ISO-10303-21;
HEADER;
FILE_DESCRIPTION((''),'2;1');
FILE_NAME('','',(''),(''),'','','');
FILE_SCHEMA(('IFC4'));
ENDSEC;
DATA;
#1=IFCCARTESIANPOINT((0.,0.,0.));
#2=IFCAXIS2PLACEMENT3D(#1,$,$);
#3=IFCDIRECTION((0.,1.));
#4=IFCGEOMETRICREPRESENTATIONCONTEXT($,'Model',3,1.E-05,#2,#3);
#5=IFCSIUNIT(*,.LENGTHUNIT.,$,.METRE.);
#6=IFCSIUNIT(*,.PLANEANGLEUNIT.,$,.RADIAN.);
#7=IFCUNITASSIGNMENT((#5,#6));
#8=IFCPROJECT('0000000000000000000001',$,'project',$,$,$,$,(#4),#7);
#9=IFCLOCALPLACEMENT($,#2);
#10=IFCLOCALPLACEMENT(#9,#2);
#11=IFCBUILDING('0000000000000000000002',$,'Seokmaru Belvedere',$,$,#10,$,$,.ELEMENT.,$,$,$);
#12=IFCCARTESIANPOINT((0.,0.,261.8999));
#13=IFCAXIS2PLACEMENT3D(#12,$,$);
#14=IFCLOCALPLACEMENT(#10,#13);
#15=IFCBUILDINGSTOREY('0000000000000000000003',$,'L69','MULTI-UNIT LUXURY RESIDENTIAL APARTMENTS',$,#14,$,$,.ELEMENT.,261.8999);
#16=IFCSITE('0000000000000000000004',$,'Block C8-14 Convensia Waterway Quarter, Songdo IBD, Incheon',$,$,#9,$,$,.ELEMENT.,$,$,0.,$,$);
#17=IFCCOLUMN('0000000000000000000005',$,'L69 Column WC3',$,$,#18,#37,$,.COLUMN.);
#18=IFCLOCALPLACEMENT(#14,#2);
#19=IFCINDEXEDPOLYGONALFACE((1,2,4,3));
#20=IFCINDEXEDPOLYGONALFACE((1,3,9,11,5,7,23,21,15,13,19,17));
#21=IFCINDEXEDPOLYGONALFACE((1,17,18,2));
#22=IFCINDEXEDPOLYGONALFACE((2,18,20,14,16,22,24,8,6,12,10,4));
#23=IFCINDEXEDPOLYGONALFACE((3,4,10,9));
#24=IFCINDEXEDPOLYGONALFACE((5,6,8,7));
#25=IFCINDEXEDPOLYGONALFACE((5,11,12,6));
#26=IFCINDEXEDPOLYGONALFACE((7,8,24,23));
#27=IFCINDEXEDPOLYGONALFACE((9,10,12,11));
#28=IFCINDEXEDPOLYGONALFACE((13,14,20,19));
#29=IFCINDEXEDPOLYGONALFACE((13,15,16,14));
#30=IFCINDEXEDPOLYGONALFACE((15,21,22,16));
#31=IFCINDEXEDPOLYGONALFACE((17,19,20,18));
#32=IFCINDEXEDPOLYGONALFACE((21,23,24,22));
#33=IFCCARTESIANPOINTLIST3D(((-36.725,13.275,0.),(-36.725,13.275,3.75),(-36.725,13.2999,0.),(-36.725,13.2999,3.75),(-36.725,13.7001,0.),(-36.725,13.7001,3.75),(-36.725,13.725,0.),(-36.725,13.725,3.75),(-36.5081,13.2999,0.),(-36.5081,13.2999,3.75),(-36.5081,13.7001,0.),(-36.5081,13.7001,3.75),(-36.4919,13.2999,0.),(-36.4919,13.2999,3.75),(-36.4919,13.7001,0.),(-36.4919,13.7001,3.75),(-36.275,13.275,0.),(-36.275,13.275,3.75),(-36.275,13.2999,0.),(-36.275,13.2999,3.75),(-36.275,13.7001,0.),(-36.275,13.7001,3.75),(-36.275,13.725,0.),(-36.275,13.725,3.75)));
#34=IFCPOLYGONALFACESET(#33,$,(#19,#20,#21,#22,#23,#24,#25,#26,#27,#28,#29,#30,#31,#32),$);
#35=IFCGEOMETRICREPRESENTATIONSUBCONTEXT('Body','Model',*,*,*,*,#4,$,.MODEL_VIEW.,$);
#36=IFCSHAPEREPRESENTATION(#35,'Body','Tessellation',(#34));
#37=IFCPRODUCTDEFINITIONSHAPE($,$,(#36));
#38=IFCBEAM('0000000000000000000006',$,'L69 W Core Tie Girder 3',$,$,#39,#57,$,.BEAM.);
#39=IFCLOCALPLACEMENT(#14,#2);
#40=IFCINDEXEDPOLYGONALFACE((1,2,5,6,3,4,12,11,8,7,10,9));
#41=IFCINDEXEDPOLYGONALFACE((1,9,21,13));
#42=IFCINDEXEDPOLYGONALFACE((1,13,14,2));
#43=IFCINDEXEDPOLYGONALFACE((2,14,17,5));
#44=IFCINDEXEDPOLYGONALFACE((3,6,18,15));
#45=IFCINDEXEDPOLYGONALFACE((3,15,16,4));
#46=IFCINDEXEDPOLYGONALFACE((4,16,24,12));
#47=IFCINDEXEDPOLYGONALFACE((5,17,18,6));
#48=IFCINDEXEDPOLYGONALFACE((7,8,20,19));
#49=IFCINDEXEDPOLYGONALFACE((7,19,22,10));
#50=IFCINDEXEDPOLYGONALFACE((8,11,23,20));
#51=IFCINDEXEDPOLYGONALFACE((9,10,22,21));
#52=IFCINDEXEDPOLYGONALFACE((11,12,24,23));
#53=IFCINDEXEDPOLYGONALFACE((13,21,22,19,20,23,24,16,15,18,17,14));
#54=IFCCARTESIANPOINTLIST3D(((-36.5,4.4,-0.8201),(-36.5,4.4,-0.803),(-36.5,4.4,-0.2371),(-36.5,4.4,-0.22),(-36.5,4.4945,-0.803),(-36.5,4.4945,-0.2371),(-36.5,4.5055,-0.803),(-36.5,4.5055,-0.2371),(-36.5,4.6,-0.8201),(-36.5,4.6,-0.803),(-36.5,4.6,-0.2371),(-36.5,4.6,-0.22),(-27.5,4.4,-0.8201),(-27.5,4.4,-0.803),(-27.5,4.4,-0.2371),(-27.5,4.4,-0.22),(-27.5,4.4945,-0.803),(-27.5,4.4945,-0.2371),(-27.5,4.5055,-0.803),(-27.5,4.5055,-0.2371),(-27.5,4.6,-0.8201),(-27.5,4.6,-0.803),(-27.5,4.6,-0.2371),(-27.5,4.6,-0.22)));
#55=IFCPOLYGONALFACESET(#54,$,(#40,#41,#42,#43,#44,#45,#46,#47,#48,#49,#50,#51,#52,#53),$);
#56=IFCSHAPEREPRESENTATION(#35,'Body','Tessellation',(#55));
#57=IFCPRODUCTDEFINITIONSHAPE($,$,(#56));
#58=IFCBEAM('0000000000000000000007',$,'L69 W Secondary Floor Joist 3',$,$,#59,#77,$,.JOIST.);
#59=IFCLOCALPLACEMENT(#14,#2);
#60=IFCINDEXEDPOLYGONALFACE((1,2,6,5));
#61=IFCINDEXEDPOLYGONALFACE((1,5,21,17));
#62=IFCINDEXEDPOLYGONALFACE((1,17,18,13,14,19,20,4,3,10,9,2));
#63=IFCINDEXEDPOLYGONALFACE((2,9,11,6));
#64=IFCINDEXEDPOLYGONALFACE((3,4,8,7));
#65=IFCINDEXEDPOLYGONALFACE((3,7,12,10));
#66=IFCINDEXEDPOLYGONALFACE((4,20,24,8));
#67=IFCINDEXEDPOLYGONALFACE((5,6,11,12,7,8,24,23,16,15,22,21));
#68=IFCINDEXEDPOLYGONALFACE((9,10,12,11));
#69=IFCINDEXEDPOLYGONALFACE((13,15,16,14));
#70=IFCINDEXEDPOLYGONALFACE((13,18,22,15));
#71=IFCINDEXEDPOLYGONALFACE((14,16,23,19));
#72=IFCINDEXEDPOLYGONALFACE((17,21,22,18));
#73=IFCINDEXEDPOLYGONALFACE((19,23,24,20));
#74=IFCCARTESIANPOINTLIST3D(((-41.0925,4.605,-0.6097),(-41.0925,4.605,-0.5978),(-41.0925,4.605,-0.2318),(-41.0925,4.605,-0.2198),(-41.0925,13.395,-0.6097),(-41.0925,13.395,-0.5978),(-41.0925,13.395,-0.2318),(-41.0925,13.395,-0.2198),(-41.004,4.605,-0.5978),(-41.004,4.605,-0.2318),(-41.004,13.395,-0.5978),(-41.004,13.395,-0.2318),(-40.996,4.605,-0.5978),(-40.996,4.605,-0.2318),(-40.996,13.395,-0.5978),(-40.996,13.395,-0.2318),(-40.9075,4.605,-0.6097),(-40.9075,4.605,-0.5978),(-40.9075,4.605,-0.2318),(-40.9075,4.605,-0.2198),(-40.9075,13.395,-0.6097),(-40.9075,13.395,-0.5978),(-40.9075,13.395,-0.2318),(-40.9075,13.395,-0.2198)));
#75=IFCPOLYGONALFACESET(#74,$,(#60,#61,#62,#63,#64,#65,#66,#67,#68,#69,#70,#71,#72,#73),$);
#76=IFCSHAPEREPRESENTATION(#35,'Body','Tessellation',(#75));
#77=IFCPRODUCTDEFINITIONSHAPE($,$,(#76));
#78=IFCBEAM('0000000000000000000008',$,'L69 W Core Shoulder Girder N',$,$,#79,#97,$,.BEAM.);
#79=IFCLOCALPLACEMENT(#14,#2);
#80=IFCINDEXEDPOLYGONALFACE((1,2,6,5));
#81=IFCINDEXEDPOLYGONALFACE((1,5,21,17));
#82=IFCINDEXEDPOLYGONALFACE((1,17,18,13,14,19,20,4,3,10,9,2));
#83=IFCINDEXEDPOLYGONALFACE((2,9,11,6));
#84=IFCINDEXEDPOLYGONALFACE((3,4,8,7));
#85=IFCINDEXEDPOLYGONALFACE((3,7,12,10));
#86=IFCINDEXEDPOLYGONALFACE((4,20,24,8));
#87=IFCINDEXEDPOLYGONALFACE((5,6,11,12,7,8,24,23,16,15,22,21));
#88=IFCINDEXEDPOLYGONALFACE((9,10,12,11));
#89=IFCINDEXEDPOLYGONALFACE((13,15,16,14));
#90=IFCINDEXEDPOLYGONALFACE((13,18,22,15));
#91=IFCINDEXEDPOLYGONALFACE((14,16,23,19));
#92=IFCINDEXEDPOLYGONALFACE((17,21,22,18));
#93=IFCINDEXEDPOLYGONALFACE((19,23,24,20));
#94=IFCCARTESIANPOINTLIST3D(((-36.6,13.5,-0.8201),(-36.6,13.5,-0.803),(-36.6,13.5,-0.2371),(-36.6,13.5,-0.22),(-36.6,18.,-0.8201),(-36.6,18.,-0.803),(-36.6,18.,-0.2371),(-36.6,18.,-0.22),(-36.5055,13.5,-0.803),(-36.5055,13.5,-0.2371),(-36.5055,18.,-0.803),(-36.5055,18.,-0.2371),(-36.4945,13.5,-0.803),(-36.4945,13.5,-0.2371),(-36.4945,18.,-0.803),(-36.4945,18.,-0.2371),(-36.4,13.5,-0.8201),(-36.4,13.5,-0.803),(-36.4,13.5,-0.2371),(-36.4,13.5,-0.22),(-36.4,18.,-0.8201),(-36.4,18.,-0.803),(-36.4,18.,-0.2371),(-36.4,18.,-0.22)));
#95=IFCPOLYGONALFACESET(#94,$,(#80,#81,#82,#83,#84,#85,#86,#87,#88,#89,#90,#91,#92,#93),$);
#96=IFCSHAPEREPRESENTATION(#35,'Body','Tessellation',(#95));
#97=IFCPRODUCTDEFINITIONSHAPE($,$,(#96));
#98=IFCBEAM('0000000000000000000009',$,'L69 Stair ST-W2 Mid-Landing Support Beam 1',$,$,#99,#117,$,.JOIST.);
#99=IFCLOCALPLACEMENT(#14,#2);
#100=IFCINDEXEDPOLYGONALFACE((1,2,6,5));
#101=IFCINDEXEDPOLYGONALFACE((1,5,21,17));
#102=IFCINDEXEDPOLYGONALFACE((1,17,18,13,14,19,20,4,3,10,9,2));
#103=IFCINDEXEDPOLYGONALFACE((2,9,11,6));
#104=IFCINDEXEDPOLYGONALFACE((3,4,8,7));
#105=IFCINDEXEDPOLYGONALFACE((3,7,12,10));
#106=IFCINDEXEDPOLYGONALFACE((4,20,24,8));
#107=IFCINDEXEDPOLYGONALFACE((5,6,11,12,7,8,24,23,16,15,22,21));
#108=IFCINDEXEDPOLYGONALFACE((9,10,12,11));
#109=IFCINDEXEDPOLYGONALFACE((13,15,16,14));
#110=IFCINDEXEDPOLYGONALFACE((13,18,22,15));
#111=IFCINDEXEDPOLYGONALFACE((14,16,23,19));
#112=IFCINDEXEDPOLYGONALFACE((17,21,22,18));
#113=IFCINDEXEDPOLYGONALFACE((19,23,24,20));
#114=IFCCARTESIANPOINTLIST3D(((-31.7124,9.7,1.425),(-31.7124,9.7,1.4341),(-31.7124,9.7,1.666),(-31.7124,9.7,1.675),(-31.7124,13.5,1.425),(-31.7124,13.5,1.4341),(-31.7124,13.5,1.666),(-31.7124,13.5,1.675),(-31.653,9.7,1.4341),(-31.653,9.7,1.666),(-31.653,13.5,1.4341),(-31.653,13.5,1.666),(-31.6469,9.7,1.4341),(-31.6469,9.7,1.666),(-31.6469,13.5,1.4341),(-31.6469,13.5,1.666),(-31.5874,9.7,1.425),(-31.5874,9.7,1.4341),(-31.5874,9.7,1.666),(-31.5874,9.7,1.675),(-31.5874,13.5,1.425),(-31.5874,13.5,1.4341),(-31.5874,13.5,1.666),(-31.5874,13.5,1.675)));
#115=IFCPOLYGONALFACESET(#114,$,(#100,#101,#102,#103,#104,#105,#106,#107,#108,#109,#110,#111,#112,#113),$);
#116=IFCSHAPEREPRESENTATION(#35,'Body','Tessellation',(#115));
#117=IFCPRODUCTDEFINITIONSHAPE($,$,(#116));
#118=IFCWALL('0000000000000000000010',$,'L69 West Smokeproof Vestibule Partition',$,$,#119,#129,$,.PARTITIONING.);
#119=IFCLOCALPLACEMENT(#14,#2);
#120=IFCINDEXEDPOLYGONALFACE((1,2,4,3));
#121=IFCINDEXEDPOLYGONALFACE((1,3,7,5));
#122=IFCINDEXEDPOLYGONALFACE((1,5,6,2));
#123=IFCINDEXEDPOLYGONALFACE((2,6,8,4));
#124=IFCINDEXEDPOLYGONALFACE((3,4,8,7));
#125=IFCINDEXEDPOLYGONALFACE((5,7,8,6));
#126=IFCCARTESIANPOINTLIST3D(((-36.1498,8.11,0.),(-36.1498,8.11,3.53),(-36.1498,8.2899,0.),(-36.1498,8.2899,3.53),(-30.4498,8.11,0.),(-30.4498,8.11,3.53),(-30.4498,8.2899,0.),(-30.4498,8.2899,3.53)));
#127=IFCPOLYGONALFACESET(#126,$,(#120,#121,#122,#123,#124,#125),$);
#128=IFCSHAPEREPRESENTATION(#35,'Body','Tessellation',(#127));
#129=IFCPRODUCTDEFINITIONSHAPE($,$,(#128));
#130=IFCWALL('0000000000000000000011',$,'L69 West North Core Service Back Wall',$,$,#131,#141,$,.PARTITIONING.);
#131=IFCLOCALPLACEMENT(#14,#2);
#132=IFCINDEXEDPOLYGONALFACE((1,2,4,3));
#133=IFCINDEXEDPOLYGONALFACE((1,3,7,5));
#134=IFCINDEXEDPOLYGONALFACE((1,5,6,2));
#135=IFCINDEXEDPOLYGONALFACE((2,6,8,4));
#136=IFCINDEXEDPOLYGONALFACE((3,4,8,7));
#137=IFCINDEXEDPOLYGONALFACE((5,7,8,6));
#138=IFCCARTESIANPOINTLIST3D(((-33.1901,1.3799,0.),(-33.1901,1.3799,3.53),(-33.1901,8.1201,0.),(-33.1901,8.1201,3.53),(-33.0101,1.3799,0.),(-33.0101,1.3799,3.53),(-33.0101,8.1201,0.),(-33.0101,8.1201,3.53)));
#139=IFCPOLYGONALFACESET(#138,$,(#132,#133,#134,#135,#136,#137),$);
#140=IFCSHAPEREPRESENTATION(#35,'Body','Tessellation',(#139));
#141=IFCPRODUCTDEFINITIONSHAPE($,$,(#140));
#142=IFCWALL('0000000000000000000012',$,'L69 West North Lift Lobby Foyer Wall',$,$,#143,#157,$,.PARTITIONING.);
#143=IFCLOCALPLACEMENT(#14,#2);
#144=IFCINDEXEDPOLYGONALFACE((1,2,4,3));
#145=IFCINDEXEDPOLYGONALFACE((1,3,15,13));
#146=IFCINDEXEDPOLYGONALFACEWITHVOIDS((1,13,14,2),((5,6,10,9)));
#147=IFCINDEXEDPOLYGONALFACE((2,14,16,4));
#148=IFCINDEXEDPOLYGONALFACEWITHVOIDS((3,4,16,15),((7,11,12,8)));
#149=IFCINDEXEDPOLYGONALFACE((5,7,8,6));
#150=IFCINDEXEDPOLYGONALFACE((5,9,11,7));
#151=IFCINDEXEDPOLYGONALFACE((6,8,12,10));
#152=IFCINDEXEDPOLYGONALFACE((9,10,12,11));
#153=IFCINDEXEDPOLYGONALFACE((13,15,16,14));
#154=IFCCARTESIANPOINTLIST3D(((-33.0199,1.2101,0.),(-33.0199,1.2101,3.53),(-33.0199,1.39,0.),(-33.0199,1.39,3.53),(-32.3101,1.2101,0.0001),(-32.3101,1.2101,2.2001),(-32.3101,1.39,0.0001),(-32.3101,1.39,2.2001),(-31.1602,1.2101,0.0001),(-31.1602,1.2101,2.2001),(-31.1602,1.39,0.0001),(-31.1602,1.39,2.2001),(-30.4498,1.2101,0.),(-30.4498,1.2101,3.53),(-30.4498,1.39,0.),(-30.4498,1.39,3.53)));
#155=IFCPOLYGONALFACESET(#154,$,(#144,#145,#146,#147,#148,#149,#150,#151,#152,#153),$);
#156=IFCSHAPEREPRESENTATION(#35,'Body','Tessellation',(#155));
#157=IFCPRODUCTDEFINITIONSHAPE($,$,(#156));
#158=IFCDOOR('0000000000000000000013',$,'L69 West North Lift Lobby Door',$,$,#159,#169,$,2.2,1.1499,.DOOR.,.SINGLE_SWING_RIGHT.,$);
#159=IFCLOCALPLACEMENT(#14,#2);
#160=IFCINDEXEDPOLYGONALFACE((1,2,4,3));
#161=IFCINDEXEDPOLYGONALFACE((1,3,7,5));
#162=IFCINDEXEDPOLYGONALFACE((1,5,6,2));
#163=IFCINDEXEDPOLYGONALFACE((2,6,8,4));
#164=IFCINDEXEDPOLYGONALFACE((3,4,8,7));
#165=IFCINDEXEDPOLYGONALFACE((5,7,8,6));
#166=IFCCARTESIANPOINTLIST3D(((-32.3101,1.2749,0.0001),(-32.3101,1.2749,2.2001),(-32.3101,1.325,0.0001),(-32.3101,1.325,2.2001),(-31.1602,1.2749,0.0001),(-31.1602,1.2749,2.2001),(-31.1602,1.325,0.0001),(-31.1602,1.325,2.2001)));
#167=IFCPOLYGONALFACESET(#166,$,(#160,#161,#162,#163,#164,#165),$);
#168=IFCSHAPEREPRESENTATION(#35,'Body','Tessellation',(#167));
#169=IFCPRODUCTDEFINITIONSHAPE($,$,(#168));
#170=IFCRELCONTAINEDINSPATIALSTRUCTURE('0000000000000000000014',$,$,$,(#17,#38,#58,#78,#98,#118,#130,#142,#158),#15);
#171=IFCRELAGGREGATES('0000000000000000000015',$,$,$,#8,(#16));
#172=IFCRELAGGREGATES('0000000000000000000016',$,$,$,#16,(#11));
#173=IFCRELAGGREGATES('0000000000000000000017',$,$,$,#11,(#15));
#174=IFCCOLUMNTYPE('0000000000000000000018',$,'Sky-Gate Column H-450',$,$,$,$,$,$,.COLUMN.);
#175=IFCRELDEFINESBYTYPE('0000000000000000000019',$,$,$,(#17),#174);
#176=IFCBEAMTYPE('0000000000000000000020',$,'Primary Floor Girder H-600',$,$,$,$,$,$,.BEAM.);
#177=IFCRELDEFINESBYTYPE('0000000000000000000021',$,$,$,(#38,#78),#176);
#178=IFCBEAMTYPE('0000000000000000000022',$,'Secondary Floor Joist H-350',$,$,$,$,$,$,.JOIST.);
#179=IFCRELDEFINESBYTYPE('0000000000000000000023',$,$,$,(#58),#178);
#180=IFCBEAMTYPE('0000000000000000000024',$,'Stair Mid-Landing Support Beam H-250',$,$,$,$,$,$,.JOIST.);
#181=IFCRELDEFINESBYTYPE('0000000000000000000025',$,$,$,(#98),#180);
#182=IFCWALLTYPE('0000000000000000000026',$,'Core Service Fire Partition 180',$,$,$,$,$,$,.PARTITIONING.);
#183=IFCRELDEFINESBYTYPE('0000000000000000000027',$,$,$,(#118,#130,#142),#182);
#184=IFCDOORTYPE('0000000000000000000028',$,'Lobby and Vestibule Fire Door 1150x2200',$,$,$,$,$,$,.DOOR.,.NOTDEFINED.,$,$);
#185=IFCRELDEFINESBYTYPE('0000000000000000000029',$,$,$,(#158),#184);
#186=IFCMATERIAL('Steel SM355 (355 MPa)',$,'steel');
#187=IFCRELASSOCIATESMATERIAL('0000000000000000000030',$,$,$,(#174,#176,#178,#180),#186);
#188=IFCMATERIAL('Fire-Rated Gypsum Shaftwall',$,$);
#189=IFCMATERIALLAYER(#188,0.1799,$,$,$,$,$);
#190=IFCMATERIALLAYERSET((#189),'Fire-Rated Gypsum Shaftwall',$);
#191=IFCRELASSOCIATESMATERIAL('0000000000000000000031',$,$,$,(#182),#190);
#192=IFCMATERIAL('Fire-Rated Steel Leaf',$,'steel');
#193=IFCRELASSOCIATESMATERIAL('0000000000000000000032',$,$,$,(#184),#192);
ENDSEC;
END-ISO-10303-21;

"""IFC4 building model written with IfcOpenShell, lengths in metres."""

from ifc_helpers import new_model, si_unit, direction, frame, frame_2d, origin, origin_2d, place, context, subcontext, project, spatial, rectangle, i_section, extrude, source, transform, mapped, material, layer, layer_set, material_profile, profile_set, type_object, type_shapes, element, fill, save


model = new_model("IFC4")

# Units and contexts
model_context = context("Model", 3, precision=1e-05, world=origin(), true_north=direction((0.0, 1.0)))
body_context = subcontext(model_context, "Body", "Model", "MODEL_VIEW")
ifc_project = project(units=[si_unit("LENGTHUNIT", "METRE"), si_unit("PLANEANGLEUNIT", "RADIAN")], contexts=[model_context])

# Site, building, storey
site_placement = place(None, origin())
site = spatial("IfcSite", under=ifc_project, at=site_placement, Name="Block C8-14 Convensia Waterway Quarter, Songdo IBD, Incheon", CompositionType="ELEMENT", RefElevation=0.0)
building_placement = place(site_placement, origin())
building = spatial("IfcBuilding", under=site, at=building_placement, Name="Seokmaru Belvedere", CompositionType="ELEMENT")
storey_placement = place(building_placement, frame((0.0, 0.0, 261.8999)))
storey = spatial("IfcBuildingStorey", under=building, at=storey_placement, Name="L69", Description="MULTI-UNIT LUXURY RESIDENTIAL APARTMENTS", CompositionType="ELEMENT", Elevation=261.8999)

# Column
ifc_material_1 = material(Name="Steel SM355 (355 MPa)", Category="steel")
ifc_material_profile_1 = material_profile(ifc_material_1, i_section(OverallWidth=0.45, OverallDepth=0.45, WebThickness=0.0161, FlangeThickness=0.0249, at=origin_2d()), Name="H-450x450x16x25")
ifc_profile_set_1 = profile_set([ifc_material_profile_1], Name="Steel SM355 (355 MPa)")
column_type = type_object("IfcColumnType", Name="Sky-Gate Column H-450", PredefinedType="COLUMN", material=ifc_profile_set_1)
shared_shape_1 = source(origin(), body_context, "Body", "SweptSolid", [
    extrude(i_section(OverallWidth=0.45, OverallDepth=0.45, WebThickness=0.0161, FlangeThickness=0.0249, at=origin_2d()), origin(), (0.0, 0.0, 1.0), 3.75),
])
type_shapes(column_type, [shared_shape_1])
column_placement = place(storey_placement, frame((-36.5, 13.5, 0.0), z_axis=(0.0, 0.0, 1.0), x_axis=(1.0, 0.0, 0.0)))
element("IfcColumn", 1, at=column_placement, inside=storey, type_object=column_type, Name="L69 Column WC3", PredefinedType="COLUMN", context=body_context, shape_type="MappedRepresentation", body=[
    mapped(shared_shape_1, transform((0.0, 0.0, 0.0), scale=1.0)),
])

# Beams
ifc_material_profile_2 = material_profile(ifc_material_1, i_section(OverallWidth=0.2, OverallDepth=0.6001, WebThickness=0.011, FlangeThickness=0.0171, at=origin_2d()), Name="H-600x200x11x17")
ifc_profile_set_2 = profile_set([ifc_material_profile_2], Name="Steel SM355 (355 MPa)")
beam_type_1 = type_object("IfcBeamType", Name="Primary Floor Girder H-600", PredefinedType="BEAM", material=ifc_profile_set_2)
shared_shape_2 = source(origin(), body_context, "Body", "SweptSolid", [
    extrude(i_section(OverallWidth=0.2, OverallDepth=0.6001, WebThickness=0.011, FlangeThickness=0.0171, at=origin_2d()), origin(), (0.0, 0.0, 1.0), 9.0),
])
beam_1_placement = place(storey_placement, frame((-36.5, 4.5, -0.52), z_axis=(1.0, 0.0, 0.0), x_axis=(0.0, 1.0, 0.0)))
element("IfcBeam", 2, at=beam_1_placement, inside=storey, type_object=beam_type_1, Name="L69 W Core Tie Girder 3", PredefinedType="BEAM", context=body_context, shape_type="MappedRepresentation", body=[
    mapped(shared_shape_2, transform((0.0, 0.0, 0.0), scale=1.0)),
])
ifc_material_profile_3 = material_profile(ifc_material_1, i_section(OverallWidth=0.1851, OverallDepth=0.3899, WebThickness=0.0081, FlangeThickness=0.012, at=origin_2d()), Name="H-390x185x8x12")
ifc_profile_set_3 = profile_set([ifc_material_profile_3], Name="Steel SM355 (355 MPa)")
beam_type_2 = type_object("IfcBeamType", Name="Secondary Floor Joist H-350", PredefinedType="JOIST", material=ifc_profile_set_3)
shared_shape_3 = source(origin(), body_context, "Body", "SweptSolid", [
    extrude(i_section(OverallWidth=0.1851, OverallDepth=0.3899, WebThickness=0.0081, FlangeThickness=0.012, at=origin_2d()), origin(), (0.0, 0.0, 1.0), 8.79),
])
type_shapes(beam_type_2, [shared_shape_3])
beam_2_placement = place(storey_placement, frame((-41.0, 4.605, -0.4148), z_axis=(0.0, 1.0, 0.0), x_axis=(-1.0, 0.0, 0.0)))
element("IfcBeam", 3, at=beam_2_placement, inside=storey, type_object=beam_type_2, Name="L69 W Secondary Floor Joist 3", PredefinedType="JOIST", context=body_context, shape_type="MappedRepresentation", body=[
    mapped(shared_shape_3, transform((0.0, 0.0, 0.0), scale=1.0)),
])
shared_shape_4 = source(origin(), body_context, "Body", "SweptSolid", [
    extrude(i_section(OverallWidth=0.2, OverallDepth=0.6001, WebThickness=0.011, FlangeThickness=0.0171, at=origin_2d()), origin(), (0.0, 0.0, 1.0), 4.5),
])
type_shapes(beam_type_1, [shared_shape_2, shared_shape_4])
beam_3_placement = place(storey_placement, frame((-36.5, 13.5, -0.52), z_axis=(0.0, 1.0, 0.0), x_axis=(-1.0, 0.0, 0.0)))
element("IfcBeam", 4, at=beam_3_placement, inside=storey, type_object=beam_type_1, Name="L69 W Core Shoulder Girder N", PredefinedType="BEAM", context=body_context, shape_type="MappedRepresentation", body=[
    mapped(shared_shape_4, transform((0.0, 0.0, 0.0), scale=1.0)),
])
ifc_material_profile_4 = material_profile(ifc_material_1, i_section(OverallWidth=0.125, OverallDepth=0.25, WebThickness=0.0061, FlangeThickness=0.009, at=origin_2d()), Name="H-250x125x6x9")
ifc_profile_set_4 = profile_set([ifc_material_profile_4], Name="Steel SM355 (355 MPa)")
beam_type_3 = type_object("IfcBeamType", Name="Stair Mid-Landing Support Beam H-250", PredefinedType="JOIST", material=ifc_profile_set_4)
shared_shape_5 = source(origin(), body_context, "Body", "SweptSolid", [
    extrude(i_section(OverallWidth=0.125, OverallDepth=0.25, WebThickness=0.0061, FlangeThickness=0.009, at=origin_2d()), origin(), (0.0, 0.0, 1.0), 3.8),
])
type_shapes(beam_type_3, [shared_shape_5])
beam_4_placement = place(storey_placement, frame((-31.6499, 9.7, 1.55), z_axis=(0.0, 1.0, 0.0), x_axis=(-1.0, 0.0, 0.0)))
element("IfcBeam", 5, at=beam_4_placement, inside=storey, type_object=beam_type_3, Name="L69 Stair ST-W2 Mid-Landing Support Beam 1", PredefinedType="JOIST", context=body_context, shape_type="MappedRepresentation", body=[
    mapped(shared_shape_5, transform((0.0, 0.0, 0.0), scale=1.0)),
])

# Walls
ifc_material_2 = material(Name="Fire-Rated Gypsum Shaftwall")
ifc_layer_1 = layer(ifc_material_2, 0.1799)
ifc_layer_set_1 = layer_set([ifc_layer_1], Name="Fire-Rated Gypsum Shaftwall")
wall_type_1 = type_object("IfcWallType", Name="Core Service Fire Partition 180", PredefinedType="PARTITIONING", material=ifc_layer_set_1)
wall_1_placement = place(storey_placement, frame((-36.1499, 8.2, 0.0), z_axis=(0.0, 0.0, 1.0), x_axis=(1.0, 0.0, 0.0)))
element("IfcWall", 6, at=wall_1_placement, inside=storey, type_object=wall_type_1, Name="L69 West Smokeproof Vestibule Partition", PredefinedType="PARTITIONING", context=body_context, shape_type="SweptSolid", body=[
    extrude(rectangle(XDim=5.7, YDim=0.1799, at=frame_2d((2.8501, 0.0))), origin(), (0.0, 0.0, 1.0), 3.53),
])
wall_2_placement = place(storey_placement, frame((-33.1001, 1.3799, 0.0), z_axis=(0.0, 0.0, 1.0), x_axis=(0.0, 1.0, 0.0)))
element("IfcWall", 7, at=wall_2_placement, inside=storey, type_object=wall_type_1, Name="L69 West North Core Service Back Wall", PredefinedType="PARTITIONING", context=body_context, shape_type="SweptSolid", body=[
    extrude(rectangle(XDim=6.7402, YDim=0.1799, at=frame_2d((3.3701, 0.0))), origin(), (0.0, 0.0, 1.0), 3.53),
])

# Wall, opening, door
wall_3_placement = place(storey_placement, frame((-33.02, 1.3, 0.0), z_axis=(0.0, 0.0, 1.0), x_axis=(1.0, 0.0, 0.0)))
wall_3 = element("IfcWall", 8, at=wall_3_placement, inside=storey, type_object=wall_type_1, Name="L69 West North Lift Lobby Foyer Wall", PredefinedType="PARTITIONING", context=body_context, shape_type="SweptSolid", body=[
    extrude(rectangle(XDim=2.5701, YDim=0.1799, at=frame_2d((1.2852, 0.0))), origin(), (0.0, 0.0, 1.0), 3.53),
])
opening_1_placement = place(wall_3_placement, frame((0.71, 0.0, 0.0)))
opening_1 = element("IfcOpeningElement", 9, at=opening_1_placement, cuts=wall_3, PredefinedType="OPENING", context=body_context, shape_type="SweptSolid", body=[
    extrude(rectangle(XDim=1.1499, YDim=2.2, at=frame_2d((0.575, 1.1001))), frame((0.0, 0.1001, 0.0), z_axis=(0.0, -1.0, 0.0), x_axis=(1.0, 0.0, 0.0)), (0.0, 0.0, 1.0), 0.2),
])
ifc_material_3 = material(Name="Fire-Rated Steel Leaf", Category="steel")
door_type_1 = type_object("IfcDoorType", Name="Lobby and Vestibule Fire Door 1150x2200", OperationType="NOTDEFINED", PredefinedType="DOOR", material=ifc_material_3)
shared_shape_6 = source(origin(), body_context, "Body", "SweptSolid", [
    extrude(rectangle(XDim=1.1499, YDim=2.2, at=frame_2d((0.575, 1.1001))), frame((0.0, 0.0249, 0.0), z_axis=(0.0, -1.0, 0.0), x_axis=(1.0, 0.0, 0.0)), (0.0, 0.0, 1.0), 0.05),
])
type_shapes(door_type_1, [shared_shape_6])
door_1_placement = place(opening_1_placement, origin())
door_1 = element("IfcDoor", 10, at=door_1_placement, inside=storey, type_object=door_type_1, Name="L69 West North Lift Lobby Door", OperationType="SINGLE_SWING_RIGHT", OverallHeight=2.2, OverallWidth=1.1499, PredefinedType="DOOR", context=body_context, shape_type="MappedRepresentation", body=[
    mapped(shared_shape_6, transform((0.0, 0.0, 0.0), scale=1.0)),
])
fill(opening_1, door_1)

save(model, "model.ifc")
